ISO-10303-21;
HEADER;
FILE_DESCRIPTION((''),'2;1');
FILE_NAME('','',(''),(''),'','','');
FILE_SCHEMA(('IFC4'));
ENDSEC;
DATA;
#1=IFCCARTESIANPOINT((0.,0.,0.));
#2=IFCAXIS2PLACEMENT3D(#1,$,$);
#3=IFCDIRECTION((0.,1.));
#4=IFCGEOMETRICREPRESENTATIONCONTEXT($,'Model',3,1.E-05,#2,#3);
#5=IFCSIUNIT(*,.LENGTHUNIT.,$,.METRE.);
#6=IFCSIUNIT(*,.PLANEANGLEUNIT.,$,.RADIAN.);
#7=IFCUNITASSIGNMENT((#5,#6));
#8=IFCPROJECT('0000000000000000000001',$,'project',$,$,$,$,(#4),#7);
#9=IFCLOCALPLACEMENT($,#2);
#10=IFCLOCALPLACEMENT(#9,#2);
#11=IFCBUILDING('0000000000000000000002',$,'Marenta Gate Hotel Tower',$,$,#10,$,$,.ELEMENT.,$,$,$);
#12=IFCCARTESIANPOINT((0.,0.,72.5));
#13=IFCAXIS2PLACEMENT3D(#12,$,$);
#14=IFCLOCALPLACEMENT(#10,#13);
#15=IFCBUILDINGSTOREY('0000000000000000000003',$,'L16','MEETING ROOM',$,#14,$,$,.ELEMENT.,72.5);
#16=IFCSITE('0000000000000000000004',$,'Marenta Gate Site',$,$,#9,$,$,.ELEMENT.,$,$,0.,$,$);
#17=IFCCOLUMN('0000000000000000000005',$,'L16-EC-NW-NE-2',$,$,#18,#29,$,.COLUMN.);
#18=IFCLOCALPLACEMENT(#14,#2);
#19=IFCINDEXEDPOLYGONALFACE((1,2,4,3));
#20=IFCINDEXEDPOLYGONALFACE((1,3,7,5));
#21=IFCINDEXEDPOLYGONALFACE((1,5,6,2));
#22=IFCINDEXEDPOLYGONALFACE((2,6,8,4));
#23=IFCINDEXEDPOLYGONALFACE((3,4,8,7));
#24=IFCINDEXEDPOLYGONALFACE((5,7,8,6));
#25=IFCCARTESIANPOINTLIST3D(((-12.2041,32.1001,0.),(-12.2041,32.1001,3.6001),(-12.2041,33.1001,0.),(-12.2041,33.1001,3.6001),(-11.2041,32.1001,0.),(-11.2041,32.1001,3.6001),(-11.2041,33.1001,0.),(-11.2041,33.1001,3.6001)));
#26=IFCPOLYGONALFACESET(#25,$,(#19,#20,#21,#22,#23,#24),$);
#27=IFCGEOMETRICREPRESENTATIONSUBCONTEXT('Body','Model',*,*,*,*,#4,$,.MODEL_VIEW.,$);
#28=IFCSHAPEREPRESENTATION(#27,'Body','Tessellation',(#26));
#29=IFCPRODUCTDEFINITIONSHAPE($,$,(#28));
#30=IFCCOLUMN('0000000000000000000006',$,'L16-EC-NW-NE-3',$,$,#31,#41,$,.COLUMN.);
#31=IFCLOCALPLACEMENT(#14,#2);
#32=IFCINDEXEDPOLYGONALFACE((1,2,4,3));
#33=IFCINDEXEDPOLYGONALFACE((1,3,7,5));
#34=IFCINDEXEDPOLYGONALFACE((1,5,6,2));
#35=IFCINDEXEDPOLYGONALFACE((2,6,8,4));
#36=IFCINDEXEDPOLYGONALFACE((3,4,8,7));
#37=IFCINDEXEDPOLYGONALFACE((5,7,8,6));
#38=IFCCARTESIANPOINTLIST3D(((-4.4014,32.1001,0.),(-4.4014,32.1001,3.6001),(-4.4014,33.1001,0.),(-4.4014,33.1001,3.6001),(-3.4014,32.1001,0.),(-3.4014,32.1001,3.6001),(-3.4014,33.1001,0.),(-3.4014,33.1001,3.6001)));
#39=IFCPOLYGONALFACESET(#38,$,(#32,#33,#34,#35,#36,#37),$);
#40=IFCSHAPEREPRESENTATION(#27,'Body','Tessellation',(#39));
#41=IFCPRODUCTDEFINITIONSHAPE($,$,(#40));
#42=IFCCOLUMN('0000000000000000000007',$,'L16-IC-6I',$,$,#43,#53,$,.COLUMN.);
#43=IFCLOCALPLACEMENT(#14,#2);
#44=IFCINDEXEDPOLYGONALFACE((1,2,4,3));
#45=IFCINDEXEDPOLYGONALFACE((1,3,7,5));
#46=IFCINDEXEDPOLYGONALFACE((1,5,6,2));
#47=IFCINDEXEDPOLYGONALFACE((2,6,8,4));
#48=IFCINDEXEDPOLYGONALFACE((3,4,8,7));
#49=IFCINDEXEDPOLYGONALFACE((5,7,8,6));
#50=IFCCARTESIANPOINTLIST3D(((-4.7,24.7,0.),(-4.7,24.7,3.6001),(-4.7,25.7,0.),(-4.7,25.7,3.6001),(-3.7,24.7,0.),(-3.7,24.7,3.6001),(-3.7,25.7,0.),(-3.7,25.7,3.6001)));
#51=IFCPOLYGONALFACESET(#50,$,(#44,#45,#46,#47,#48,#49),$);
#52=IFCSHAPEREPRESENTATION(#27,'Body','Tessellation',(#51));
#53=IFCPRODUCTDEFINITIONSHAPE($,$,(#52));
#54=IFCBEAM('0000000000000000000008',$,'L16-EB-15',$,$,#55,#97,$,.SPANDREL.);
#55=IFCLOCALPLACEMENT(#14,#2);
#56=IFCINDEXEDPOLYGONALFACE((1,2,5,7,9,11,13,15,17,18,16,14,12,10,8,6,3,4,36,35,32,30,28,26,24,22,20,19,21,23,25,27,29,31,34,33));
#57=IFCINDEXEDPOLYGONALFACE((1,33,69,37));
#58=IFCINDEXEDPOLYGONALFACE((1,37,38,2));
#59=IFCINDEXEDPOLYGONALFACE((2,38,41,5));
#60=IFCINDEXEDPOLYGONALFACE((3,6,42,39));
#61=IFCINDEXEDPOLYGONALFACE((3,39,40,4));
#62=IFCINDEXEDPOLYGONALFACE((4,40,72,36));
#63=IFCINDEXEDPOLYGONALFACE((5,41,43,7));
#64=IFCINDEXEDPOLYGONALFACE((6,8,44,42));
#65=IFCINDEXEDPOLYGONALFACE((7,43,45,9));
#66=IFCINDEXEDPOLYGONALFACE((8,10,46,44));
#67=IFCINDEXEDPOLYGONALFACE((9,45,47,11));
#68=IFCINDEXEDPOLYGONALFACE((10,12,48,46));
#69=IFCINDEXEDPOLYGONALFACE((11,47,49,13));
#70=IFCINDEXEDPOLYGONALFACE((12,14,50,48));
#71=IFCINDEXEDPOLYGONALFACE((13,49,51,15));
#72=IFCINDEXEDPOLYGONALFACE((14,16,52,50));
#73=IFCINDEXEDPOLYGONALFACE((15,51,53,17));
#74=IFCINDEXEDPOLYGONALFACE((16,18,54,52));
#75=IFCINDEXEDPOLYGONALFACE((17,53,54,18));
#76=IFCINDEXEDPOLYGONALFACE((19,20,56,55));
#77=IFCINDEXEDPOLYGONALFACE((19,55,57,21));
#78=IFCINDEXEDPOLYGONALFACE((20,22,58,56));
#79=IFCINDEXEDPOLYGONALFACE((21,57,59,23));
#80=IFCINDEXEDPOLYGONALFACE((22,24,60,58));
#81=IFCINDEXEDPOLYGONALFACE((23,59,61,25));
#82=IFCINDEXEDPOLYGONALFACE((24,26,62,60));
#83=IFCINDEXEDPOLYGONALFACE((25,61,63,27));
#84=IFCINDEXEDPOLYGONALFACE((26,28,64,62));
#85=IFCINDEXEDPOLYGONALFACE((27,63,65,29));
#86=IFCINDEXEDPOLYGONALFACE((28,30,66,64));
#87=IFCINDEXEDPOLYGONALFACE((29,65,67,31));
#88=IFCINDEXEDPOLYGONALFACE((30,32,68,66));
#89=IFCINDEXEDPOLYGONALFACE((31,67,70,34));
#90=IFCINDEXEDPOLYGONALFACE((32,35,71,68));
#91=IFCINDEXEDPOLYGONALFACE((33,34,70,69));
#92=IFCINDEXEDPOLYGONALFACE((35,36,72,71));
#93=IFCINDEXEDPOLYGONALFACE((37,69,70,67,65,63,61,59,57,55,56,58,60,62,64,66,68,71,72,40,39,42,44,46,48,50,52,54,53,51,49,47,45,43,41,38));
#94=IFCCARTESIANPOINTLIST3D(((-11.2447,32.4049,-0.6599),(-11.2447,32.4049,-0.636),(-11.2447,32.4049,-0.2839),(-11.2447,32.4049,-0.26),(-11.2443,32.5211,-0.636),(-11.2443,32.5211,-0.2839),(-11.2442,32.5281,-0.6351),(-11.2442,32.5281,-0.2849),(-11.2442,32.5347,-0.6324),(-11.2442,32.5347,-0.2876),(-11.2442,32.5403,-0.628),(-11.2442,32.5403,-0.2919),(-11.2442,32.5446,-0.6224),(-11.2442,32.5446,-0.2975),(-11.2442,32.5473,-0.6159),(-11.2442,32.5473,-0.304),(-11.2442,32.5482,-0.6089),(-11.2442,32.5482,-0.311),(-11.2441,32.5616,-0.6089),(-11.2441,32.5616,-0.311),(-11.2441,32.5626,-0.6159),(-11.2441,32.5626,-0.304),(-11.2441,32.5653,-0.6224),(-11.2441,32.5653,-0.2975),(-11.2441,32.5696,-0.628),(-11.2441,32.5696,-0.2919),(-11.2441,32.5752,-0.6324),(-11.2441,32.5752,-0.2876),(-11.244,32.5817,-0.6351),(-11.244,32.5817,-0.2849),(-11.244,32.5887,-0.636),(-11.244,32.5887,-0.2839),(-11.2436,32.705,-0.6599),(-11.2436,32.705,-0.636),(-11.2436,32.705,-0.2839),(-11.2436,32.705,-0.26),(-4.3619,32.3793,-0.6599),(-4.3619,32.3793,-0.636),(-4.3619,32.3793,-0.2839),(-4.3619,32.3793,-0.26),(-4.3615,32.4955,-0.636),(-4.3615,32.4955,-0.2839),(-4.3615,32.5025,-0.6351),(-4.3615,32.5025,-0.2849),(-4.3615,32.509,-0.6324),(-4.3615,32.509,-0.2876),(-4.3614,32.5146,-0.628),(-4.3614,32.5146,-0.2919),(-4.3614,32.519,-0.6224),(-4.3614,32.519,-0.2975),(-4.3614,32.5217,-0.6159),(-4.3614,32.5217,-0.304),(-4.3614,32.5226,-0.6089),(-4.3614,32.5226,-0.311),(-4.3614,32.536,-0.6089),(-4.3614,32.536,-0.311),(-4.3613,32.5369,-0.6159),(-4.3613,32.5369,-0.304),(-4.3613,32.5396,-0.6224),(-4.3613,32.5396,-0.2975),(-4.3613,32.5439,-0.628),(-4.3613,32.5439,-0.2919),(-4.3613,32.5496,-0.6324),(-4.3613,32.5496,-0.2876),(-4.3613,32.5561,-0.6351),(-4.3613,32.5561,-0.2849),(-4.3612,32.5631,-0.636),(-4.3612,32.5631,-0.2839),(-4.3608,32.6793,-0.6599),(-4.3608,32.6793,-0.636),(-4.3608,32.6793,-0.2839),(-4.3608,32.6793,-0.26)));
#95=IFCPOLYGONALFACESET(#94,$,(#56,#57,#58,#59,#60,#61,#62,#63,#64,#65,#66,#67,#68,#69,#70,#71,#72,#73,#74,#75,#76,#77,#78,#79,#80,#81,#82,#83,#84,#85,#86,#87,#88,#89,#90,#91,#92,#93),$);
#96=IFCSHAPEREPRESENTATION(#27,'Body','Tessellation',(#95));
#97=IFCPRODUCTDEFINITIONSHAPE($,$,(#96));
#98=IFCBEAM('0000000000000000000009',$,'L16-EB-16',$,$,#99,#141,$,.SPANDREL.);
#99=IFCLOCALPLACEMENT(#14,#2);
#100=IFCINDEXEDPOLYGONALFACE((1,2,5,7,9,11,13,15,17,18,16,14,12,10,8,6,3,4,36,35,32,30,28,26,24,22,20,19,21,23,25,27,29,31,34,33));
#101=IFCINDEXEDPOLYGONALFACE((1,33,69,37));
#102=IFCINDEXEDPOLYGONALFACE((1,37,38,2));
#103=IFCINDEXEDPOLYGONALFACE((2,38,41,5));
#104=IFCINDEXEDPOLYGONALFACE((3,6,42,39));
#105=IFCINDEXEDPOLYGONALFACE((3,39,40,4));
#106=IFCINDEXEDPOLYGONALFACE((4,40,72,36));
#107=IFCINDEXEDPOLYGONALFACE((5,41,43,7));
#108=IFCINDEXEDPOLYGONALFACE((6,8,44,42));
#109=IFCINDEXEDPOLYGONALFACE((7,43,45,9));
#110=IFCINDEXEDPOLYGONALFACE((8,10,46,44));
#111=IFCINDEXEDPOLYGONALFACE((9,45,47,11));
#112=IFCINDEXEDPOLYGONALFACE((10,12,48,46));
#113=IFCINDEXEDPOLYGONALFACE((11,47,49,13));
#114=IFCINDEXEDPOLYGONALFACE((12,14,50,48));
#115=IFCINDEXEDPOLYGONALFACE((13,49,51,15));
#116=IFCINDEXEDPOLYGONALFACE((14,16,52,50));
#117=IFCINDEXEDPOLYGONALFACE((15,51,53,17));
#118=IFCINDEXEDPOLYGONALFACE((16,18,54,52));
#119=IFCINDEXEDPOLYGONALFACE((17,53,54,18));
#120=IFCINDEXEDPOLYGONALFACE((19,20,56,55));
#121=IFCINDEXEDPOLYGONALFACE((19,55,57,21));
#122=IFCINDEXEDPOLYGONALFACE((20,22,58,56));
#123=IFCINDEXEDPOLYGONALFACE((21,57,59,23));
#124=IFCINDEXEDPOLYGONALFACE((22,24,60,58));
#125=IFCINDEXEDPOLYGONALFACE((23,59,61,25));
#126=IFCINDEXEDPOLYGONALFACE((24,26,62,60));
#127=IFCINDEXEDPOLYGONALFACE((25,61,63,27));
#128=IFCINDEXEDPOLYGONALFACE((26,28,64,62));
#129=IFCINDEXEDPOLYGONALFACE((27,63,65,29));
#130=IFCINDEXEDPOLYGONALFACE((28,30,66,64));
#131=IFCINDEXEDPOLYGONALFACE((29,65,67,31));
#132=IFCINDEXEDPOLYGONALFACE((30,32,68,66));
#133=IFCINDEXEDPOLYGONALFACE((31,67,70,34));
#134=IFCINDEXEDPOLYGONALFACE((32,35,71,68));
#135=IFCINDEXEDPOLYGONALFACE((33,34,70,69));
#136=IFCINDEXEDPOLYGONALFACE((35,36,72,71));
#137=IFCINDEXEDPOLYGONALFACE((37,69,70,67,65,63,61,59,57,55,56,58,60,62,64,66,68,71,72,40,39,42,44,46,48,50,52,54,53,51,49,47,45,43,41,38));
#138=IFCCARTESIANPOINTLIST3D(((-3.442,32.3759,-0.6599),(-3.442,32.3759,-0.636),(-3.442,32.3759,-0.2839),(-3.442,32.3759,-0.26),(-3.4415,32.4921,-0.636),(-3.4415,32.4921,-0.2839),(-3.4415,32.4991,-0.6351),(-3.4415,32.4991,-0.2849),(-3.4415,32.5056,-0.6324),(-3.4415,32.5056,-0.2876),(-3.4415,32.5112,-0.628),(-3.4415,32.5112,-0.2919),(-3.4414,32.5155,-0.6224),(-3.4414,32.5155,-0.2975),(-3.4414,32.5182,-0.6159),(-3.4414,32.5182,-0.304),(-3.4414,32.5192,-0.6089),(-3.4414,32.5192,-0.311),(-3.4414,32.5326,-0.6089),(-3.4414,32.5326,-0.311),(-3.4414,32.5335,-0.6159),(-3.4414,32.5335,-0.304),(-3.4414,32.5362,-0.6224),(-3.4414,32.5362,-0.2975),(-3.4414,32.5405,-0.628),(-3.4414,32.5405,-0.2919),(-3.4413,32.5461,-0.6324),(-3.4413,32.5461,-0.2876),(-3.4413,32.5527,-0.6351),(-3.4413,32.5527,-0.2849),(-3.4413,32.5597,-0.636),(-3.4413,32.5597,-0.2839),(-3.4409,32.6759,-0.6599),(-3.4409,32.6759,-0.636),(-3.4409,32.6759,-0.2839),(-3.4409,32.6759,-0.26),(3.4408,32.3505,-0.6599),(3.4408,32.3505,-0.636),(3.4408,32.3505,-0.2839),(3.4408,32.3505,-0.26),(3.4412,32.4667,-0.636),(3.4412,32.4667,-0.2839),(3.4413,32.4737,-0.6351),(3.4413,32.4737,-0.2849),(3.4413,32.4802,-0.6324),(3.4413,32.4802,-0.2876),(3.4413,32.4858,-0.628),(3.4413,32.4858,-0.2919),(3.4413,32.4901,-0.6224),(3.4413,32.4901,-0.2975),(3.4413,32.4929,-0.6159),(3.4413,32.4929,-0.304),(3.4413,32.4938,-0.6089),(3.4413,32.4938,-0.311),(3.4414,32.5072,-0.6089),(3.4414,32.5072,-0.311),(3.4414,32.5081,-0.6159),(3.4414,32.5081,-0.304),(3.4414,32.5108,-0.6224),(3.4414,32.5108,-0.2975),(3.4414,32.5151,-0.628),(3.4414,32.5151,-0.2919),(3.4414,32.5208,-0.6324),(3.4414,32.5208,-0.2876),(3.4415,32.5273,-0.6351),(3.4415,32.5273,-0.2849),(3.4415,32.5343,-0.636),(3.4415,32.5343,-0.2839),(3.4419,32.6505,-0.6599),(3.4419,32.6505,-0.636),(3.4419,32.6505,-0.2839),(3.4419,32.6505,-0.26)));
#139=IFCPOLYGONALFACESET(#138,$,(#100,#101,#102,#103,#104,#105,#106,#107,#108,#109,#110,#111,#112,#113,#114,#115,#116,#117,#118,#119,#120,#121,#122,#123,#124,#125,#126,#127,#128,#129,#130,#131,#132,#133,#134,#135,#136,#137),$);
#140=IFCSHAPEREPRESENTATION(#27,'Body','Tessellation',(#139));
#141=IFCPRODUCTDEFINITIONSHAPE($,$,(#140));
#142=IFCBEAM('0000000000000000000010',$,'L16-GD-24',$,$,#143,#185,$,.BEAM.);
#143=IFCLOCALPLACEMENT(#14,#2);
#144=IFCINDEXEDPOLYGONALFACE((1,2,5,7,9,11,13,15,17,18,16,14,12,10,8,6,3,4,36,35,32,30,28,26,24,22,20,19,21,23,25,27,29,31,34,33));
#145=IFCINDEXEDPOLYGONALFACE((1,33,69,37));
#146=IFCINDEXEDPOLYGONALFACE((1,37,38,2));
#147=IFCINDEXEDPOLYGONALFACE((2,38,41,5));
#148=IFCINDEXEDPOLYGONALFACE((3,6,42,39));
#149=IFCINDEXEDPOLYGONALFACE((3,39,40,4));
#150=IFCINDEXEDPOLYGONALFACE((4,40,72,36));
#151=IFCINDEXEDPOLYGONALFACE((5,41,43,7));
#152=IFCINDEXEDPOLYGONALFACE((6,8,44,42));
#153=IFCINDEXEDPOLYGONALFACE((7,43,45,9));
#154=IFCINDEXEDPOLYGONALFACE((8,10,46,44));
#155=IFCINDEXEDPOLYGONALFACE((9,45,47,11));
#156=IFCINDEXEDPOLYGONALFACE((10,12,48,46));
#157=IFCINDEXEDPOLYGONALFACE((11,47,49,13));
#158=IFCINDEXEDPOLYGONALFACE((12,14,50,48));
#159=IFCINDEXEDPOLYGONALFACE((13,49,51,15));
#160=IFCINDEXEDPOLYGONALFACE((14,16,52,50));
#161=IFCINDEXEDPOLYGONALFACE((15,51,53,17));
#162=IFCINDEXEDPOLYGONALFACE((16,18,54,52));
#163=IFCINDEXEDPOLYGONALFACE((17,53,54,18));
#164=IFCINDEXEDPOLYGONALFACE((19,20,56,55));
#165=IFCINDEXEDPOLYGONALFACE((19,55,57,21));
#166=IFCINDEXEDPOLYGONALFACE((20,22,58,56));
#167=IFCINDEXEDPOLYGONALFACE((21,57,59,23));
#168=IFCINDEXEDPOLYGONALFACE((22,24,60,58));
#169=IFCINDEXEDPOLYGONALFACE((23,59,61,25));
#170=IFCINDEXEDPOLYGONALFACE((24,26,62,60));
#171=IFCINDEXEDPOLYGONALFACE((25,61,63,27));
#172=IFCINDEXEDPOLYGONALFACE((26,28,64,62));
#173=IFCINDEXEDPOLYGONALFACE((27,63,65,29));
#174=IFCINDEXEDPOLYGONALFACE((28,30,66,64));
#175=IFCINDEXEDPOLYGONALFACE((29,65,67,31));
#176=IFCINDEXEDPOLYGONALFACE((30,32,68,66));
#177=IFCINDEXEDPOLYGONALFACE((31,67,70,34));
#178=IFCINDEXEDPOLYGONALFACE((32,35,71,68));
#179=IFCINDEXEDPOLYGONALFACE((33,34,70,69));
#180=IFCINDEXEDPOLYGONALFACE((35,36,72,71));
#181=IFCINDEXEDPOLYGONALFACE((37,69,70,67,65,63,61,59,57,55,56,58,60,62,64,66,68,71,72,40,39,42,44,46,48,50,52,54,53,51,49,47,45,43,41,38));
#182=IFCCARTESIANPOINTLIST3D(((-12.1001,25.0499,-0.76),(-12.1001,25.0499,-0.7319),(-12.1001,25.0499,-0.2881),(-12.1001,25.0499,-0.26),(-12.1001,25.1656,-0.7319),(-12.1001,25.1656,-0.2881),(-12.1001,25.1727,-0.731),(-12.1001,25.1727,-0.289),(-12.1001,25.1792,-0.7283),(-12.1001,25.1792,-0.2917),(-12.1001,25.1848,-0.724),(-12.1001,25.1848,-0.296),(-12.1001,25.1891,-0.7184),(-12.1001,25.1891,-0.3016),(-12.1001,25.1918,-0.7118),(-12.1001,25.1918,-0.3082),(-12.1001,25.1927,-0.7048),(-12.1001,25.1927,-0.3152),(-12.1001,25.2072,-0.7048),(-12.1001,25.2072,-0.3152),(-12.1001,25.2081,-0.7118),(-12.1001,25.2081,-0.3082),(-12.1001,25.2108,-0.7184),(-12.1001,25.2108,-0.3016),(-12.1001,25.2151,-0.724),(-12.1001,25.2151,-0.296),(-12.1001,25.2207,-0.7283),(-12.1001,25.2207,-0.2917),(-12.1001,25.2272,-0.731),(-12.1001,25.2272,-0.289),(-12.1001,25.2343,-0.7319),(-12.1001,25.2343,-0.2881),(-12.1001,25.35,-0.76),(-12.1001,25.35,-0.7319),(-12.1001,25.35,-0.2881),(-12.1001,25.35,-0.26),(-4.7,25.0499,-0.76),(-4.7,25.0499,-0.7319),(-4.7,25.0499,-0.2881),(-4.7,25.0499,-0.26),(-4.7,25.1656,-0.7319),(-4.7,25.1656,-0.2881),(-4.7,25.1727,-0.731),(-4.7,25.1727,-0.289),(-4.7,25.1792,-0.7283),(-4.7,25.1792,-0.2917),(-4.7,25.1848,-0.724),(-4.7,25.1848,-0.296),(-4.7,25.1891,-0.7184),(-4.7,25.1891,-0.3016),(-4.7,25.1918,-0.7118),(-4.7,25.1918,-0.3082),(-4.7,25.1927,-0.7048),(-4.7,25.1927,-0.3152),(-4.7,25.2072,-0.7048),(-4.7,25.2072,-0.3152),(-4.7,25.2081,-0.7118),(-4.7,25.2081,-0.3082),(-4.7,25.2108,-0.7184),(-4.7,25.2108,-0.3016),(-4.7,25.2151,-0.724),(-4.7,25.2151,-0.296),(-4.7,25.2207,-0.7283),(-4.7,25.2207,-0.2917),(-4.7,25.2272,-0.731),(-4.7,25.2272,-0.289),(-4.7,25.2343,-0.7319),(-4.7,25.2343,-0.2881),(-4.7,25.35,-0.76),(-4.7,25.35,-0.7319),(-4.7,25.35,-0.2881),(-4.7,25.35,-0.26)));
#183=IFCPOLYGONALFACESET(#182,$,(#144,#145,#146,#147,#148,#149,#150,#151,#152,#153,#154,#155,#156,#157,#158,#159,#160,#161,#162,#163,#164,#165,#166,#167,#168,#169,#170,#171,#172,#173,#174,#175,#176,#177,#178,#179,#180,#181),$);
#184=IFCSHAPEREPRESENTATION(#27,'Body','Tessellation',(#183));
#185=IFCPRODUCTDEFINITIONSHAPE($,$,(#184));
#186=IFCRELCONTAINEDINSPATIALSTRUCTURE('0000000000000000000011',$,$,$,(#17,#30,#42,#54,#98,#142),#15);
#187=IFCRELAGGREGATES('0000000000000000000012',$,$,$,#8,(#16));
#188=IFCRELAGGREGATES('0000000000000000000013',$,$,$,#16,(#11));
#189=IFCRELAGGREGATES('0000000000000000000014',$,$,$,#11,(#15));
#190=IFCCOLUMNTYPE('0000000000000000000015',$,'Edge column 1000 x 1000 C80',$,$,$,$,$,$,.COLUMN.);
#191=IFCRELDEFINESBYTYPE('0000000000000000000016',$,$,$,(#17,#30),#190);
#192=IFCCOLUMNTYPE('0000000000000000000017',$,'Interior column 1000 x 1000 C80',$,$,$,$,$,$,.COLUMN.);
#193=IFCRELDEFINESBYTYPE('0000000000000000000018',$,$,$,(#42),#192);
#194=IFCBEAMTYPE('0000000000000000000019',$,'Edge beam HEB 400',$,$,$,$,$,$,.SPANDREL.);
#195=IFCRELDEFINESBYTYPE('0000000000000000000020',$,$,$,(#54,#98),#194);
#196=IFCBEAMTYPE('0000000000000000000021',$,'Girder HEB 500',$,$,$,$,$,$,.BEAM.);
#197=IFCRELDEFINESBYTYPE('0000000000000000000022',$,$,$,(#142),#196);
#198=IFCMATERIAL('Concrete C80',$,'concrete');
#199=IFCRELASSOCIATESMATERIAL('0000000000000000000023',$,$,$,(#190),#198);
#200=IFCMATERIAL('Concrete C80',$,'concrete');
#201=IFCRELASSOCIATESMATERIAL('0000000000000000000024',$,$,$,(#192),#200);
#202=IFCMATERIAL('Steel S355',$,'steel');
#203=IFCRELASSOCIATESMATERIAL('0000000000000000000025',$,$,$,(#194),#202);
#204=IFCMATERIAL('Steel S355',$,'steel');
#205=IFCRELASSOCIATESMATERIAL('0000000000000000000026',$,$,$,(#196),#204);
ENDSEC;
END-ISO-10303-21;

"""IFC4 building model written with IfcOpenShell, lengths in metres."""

from ifc_helpers import new_model, si_unit, direction, frame, origin, origin_2d, place, context, subcontext, project, spatial, rectangle, i_section, extrude, material, material_profile, profile_set, type_object, element, save


model = new_model("IFC4")

# Units and contexts
model_context = context("Model", 3, precision=1e-05, world=origin(), true_north=direction((0.0, 1.0)))
body_context = subcontext(model_context, "Body", "Model", "MODEL_VIEW")
ifc_project = project(units=[si_unit("LENGTHUNIT", "METRE"), si_unit("PLANEANGLEUNIT", "RADIAN")], contexts=[model_context])

# Site, building, storey
site_placement = place(None, origin())
site = spatial("IfcSite", under=ifc_project, at=site_placement, Name="Marenta Gate Site", CompositionType="ELEMENT", RefElevation=0.0)
building_placement = place(site_placement, origin())
building = spatial("IfcBuilding", under=site, at=building_placement, Name="Marenta Gate Hotel Tower", CompositionType="ELEMENT")
storey_placement = place(building_placement, frame((0.0, 0.0, 72.5)))
storey = spatial("IfcBuildingStorey", under=building, at=storey_placement, Name="L16", Description="MEETING ROOM", CompositionType="ELEMENT", Elevation=72.5)

# Columns
ifc_material_1 = material(Name="Concrete C80", Category="concrete")
ifc_material_profile_1 = material_profile(ifc_material_1, rectangle(XDim=1.0, YDim=1.0, at=origin_2d()), Name="1000 x 1000")
ifc_profile_set_1 = profile_set([ifc_material_profile_1], Name="Concrete C80")
column_type_1 = type_object("IfcColumnType", Name="Edge column 1000 x 1000 C80", PredefinedType="COLUMN", material=ifc_profile_set_1)
for number, where, z_axis, x_axis, name in (
    (1, (-11.7041, 32.6001, 0.0), (0.0, 0.0, 1.0), (1.0, 0.0, 0.0), "L16-EC-NW-NE-2"),
    (2, (-3.9014, 32.6001, 0.0), (0.0, 0.0, 1.0), (1.0, 0.0, 0.0), "L16-EC-NW-NE-3"),
):
    element("IfcColumn", number, at=place(storey_placement, frame(where, z_axis=z_axis, x_axis=x_axis)), inside=storey, type_object=column_type_1, Name=name, PredefinedType="COLUMN", context=body_context, shape_type="SweptSolid", body=[
        extrude(rectangle(XDim=1.0, YDim=1.0, at=origin_2d()), origin(), (0.0, 0.0, 1.0), 3.6001),
    ])
ifc_material_2 = material(Name="Concrete C80", Category="concrete")
ifc_material_profile_2 = material_profile(ifc_material_2, rectangle(XDim=1.0, YDim=1.0, at=origin_2d()), Name="1000 x 1000")
ifc_profile_set_2 = profile_set([ifc_material_profile_2], Name="Concrete C80")
column_type_2 = type_object("IfcColumnType", Name="Interior column 1000 x 1000 C80", PredefinedType="COLUMN", material=ifc_profile_set_2)
column_placement = place(storey_placement, frame((-4.2, 25.2, 0.0), z_axis=(0.0, 0.0, 1.0), x_axis=(1.0, 0.0, 0.0)))
element("IfcColumn", 3, at=column_placement, inside=storey, type_object=column_type_2, Name="L16-IC-6I", PredefinedType="COLUMN", context=body_context, shape_type="SweptSolid", body=[
    extrude(rectangle(XDim=1.0, YDim=1.0, at=origin_2d()), origin(), (0.0, 0.0, 1.0), 3.6001),
])

# Beams
ifc_material_3 = material(Name="Steel S355", Category="steel")
ifc_material_profile_3 = material_profile(ifc_material_3, i_section(OverallWidth=0.3, OverallDepth=0.3999, WebThickness=0.0134, FlangeThickness=0.0239, FilletRadius=0.0271, at=origin_2d()), Name="HEB 400")
ifc_profile_set_3 = profile_set([ifc_material_profile_3], Name="Steel S355")
beam_type_1 = type_object("IfcBeamType", Name="Edge beam HEB 400", PredefinedType="SPANDREL", material=ifc_profile_set_3)
for number, where, z_axis, x_axis, name in (
    (4, (-11.2441, 32.5549, -0.46), (0.999993, -0.003724, 0.0), (0.003724, 0.999993, 0.0), "L16-EB-15"),
    (5, (-3.4414, 32.5259, -0.46), (0.999993, -0.003689, 0.0), (0.003689, 0.999993, 0.0), "L16-EB-16"),
):
    element("IfcBeam", number, at=place(storey_placement, frame(where, z_axis=z_axis, x_axis=x_axis)), inside=storey, type_object=beam_type_1, Name=name, PredefinedType="SPANDREL", context=body_context, shape_type="SweptSolid", body=[
        extrude(i_section(OverallWidth=0.3, OverallDepth=0.3999, WebThickness=0.0134, FlangeThickness=0.0239, FilletRadius=0.0271, at=origin_2d()), origin(), (0.0, 0.0, 1.0), 6.8828),
    ])
ifc_material_4 = material(Name="Steel S355", Category="steel")
ifc_material_profile_4 = material_profile(ifc_material_4, i_section(OverallWidth=0.3, OverallDepth=0.5, WebThickness=0.0144, FlangeThickness=0.0281, FilletRadius=0.0271, at=origin_2d()), Name="HEB 500")
ifc_profile_set_4 = profile_set([ifc_material_profile_4], Name="Steel S355")
beam_type_2 = type_object("IfcBeamType", Name="Girder HEB 500", PredefinedType="BEAM", material=ifc_profile_set_4)
beam_1_placement = place(storey_placement, frame((-12.1001, 25.2, -0.51), z_axis=(1.0, 0.0, 0.0), x_axis=(0.0, 1.0, 0.0)))
element("IfcBeam", 6, at=beam_1_placement, inside=storey, type_object=beam_type_2, Name="L16-GD-24", PredefinedType="BEAM", context=body_context, shape_type="SweptSolid", body=[
    extrude(i_section(OverallWidth=0.3, OverallDepth=0.5, WebThickness=0.0144, FlangeThickness=0.0281, FilletRadius=0.0271, at=origin_2d()), origin(), (0.0, 0.0, 1.0), 7.4001),
])

save(model, "model.ifc")
